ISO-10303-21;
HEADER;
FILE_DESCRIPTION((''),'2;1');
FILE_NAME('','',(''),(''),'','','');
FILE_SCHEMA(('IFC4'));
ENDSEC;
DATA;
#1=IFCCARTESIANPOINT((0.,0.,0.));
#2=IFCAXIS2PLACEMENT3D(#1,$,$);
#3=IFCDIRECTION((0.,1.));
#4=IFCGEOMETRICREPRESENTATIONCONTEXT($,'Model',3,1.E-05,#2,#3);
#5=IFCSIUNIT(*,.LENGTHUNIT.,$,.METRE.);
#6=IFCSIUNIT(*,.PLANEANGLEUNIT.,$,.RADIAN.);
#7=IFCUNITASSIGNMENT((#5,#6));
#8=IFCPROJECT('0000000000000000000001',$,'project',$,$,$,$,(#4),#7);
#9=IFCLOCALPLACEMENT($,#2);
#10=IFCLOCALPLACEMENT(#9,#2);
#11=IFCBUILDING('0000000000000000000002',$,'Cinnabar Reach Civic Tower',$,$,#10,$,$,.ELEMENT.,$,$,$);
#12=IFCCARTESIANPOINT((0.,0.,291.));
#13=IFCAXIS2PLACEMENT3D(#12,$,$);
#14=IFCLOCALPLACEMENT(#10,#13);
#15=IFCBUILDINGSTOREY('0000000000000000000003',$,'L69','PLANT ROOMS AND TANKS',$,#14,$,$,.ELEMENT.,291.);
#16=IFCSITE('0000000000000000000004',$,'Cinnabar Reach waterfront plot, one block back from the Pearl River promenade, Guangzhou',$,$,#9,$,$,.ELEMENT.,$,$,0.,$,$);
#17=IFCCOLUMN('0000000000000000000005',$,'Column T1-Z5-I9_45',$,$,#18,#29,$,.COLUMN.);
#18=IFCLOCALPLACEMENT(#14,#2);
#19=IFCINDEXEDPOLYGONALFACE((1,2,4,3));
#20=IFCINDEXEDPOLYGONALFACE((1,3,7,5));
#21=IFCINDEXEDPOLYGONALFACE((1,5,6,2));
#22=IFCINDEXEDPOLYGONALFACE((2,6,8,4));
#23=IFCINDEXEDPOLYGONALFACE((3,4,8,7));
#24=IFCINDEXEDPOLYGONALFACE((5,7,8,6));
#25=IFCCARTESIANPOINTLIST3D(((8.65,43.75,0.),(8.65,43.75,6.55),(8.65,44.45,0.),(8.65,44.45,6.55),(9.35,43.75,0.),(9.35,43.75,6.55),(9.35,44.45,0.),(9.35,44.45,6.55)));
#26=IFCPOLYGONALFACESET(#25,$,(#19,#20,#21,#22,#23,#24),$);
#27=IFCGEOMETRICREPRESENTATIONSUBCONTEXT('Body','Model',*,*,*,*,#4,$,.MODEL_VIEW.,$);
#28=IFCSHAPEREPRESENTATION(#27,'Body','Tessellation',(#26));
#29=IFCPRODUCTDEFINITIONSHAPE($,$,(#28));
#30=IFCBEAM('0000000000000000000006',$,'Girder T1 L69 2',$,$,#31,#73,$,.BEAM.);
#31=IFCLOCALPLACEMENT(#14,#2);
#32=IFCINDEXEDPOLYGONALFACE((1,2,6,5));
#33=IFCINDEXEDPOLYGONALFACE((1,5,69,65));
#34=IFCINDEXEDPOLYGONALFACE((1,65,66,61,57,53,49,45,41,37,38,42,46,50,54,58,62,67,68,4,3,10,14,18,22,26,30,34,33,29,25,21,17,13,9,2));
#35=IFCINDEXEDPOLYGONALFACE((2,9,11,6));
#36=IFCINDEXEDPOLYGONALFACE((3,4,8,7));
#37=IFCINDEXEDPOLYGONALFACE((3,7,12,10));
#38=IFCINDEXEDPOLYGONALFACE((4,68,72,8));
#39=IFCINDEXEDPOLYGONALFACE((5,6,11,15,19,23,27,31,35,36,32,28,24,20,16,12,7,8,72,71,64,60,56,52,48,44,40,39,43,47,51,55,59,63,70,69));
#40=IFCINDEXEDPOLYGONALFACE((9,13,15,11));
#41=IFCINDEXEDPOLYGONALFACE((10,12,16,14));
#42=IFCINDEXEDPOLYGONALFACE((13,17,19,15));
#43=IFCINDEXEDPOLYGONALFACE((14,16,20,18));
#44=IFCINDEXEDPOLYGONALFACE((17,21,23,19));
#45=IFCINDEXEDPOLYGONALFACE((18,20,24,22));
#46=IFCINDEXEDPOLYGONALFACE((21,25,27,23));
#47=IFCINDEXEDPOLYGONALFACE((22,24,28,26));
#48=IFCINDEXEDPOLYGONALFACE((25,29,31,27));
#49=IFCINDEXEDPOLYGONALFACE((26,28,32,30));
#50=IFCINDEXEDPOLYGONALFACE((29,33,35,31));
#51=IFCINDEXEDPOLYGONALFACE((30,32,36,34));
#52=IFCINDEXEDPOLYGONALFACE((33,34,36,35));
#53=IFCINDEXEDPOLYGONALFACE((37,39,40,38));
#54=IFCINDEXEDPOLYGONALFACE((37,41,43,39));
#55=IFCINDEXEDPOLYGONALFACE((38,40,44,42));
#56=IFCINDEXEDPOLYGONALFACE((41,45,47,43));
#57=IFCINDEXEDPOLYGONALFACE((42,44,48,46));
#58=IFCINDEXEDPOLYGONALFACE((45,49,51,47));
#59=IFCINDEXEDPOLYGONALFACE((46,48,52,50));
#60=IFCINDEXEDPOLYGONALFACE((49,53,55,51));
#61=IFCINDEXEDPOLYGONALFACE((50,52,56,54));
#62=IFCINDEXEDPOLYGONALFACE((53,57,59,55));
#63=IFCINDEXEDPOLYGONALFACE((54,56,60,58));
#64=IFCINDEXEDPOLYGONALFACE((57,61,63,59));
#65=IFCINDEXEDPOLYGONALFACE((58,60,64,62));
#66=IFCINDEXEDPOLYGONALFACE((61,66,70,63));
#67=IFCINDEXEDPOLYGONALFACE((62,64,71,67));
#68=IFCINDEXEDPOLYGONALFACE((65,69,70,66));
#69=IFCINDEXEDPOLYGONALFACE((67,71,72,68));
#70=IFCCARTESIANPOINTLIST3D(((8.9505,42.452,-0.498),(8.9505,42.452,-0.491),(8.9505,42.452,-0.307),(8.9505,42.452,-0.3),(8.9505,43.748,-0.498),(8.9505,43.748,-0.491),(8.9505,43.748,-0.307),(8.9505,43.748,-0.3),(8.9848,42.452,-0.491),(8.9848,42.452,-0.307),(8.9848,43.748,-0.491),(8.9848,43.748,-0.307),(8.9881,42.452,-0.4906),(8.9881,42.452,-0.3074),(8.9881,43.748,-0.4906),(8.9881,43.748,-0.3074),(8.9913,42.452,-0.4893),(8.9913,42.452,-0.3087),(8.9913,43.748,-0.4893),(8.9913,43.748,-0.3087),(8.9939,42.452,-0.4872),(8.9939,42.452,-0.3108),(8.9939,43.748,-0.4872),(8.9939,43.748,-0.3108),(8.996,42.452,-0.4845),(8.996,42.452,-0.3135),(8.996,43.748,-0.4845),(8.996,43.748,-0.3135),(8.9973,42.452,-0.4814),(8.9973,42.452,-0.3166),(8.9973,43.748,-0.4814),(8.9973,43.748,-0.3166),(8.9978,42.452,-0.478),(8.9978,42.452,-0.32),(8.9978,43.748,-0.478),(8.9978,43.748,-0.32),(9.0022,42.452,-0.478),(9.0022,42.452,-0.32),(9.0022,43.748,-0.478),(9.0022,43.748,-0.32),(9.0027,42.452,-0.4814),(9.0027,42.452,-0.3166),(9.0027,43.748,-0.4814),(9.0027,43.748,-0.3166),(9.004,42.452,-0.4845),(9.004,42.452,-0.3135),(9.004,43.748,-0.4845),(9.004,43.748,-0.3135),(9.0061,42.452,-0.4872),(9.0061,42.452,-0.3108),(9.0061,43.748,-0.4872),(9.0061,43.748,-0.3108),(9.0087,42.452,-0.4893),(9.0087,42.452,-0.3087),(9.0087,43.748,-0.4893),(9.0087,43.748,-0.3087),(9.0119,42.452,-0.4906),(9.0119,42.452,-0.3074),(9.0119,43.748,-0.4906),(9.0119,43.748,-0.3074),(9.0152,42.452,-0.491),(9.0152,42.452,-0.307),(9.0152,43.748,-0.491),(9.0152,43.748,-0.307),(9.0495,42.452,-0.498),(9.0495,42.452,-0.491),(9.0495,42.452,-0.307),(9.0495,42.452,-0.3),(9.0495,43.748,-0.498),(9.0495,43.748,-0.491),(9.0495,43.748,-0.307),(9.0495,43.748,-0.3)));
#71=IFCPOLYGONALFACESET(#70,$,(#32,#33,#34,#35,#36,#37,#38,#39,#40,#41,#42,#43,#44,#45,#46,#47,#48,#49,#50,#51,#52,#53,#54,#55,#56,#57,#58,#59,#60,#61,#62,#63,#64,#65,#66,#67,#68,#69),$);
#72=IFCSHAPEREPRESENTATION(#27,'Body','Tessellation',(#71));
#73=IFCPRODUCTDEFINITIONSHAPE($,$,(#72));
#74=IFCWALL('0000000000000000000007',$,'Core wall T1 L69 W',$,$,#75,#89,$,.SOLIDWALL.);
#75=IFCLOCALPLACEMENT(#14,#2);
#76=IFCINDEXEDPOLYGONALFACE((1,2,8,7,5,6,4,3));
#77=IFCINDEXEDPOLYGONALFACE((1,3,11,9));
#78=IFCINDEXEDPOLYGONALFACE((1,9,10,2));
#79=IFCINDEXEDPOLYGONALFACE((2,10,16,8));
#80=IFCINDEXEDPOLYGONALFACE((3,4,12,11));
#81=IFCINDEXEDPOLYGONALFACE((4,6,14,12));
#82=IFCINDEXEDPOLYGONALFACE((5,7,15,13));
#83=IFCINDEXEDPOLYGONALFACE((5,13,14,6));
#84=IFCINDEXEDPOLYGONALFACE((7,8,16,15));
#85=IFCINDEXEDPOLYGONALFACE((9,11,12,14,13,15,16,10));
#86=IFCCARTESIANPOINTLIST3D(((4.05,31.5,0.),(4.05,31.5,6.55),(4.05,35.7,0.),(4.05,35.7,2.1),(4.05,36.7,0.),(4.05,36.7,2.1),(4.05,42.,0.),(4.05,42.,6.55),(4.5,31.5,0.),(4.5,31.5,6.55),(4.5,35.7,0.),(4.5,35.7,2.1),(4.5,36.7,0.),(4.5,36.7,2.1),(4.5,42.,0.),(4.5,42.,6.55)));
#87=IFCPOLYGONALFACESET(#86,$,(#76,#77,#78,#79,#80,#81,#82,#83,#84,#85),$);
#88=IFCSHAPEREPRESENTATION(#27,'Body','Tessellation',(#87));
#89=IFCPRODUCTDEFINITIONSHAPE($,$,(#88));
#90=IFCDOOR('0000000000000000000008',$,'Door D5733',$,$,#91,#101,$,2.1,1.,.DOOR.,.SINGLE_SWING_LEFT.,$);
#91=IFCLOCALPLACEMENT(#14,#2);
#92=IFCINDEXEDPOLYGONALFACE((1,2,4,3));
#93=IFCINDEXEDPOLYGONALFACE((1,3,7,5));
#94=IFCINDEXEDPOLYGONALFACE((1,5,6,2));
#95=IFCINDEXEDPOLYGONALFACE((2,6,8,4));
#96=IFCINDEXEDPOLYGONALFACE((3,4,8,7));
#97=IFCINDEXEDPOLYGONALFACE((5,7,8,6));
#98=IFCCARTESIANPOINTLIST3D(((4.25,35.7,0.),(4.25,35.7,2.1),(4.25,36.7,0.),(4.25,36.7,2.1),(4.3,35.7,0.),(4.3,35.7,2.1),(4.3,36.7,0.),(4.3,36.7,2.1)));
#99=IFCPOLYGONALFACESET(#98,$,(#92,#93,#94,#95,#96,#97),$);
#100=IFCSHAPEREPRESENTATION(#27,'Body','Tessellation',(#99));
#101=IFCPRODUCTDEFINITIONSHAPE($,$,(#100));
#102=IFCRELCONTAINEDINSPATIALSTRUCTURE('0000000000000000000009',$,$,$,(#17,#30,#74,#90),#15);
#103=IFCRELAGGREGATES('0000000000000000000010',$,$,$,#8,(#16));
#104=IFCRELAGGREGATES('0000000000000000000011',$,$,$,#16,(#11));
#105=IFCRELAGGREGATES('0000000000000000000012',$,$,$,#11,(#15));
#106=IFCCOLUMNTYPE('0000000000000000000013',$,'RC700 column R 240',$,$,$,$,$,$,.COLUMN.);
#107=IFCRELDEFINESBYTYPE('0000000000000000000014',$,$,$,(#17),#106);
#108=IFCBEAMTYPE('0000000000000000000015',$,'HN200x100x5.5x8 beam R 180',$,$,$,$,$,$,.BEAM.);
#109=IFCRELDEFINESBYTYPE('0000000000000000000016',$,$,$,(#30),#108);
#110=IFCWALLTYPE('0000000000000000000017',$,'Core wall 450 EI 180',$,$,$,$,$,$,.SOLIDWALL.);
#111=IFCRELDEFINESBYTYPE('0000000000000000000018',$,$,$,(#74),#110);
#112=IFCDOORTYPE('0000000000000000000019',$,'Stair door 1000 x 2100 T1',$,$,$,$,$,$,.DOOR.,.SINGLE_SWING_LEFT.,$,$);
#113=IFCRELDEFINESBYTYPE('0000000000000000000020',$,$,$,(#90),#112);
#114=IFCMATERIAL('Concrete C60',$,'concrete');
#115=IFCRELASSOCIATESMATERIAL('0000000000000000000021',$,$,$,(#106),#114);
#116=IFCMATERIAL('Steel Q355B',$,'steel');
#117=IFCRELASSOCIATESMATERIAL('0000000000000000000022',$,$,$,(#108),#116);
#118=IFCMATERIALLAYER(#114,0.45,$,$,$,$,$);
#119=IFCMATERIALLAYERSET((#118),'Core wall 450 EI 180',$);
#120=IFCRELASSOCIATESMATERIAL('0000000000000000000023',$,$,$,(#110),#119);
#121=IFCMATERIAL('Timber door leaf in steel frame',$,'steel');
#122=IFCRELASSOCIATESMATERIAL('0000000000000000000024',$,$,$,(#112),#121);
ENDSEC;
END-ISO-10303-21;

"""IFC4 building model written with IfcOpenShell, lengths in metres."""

from ifc_helpers import new_model, si_unit, direction, frame, frame_2d, origin, origin_2d, place, context, subcontext, project, spatial, rectangle, i_section, extrude, material, layer, layer_set, material_profile, profile_set, type_object, element, fill, save


model = new_model("IFC4")

# Units and contexts
model_context = context("Model", 3, precision=1e-05, world=origin(), true_north=direction((0.0, 1.0)))
body_context = subcontext(model_context, "Body", "Model", "MODEL_VIEW")
ifc_project = project(units=[si_unit("LENGTHUNIT", "METRE"), si_unit("PLANEANGLEUNIT", "RADIAN")], contexts=[model_context])

# Site, building, storey
site_placement = place(None, origin())
site = spatial("IfcSite", under=ifc_project, at=site_placement, Name="Cinnabar Reach waterfront plot, one block back from the Pearl River promenade, Guangzhou", CompositionType="ELEMENT", RefElevation=0.0)
building_placement = place(site_placement, origin())
building = spatial("IfcBuilding", under=site, at=building_placement, Name="Cinnabar Reach Civic Tower", CompositionType="ELEMENT")
storey_placement = place(building_placement, frame((0.0, 0.0, 291.0)))
storey = spatial("IfcBuildingStorey", under=building, at=storey_placement, Name="L69", Description="PLANT ROOMS AND TANKS", CompositionType="ELEMENT", Elevation=291.0)

# Column
ifc_material_1 = material(Name="Concrete C60", Category="concrete")
ifc_material_profile_1 = material_profile(ifc_material_1, rectangle(XDim=0.7, YDim=0.7, at=origin_2d()), Name="RC700")
ifc_profile_set_1 = profile_set([ifc_material_profile_1], Name="Concrete C60")
column_type = type_object("IfcColumnType", Name="RC700 column R 240", PredefinedType="COLUMN", material=ifc_profile_set_1)
column_placement = place(storey_placement, frame((9.0, 44.1, 0.0), z_axis=(0.0, 0.0, 1.0), x_axis=(1.0, 0.0, 0.0)))
element("IfcColumn", 1, at=column_placement, inside=storey, type_object=column_type, Name="Column T1-Z5-I9_45", PredefinedType="COLUMN", context=body_context, shape_type="SweptSolid", body=[
    extrude(rectangle(XDim=0.7, YDim=0.7, at=origin_2d()), origin(), (0.0, 0.0, 1.0), 6.55),
])

# Beam
ifc_material_2 = material(Name="Steel Q355B", Category="steel")
ifc_material_profile_2 = material_profile(ifc_material_2, i_section(OverallWidth=0.099, OverallDepth=0.198, WebThickness=0.0045, FlangeThickness=0.007, FilletRadius=0.013, at=origin_2d()), Name="HN200x100x5.5x8")
ifc_profile_set_2 = profile_set([ifc_material_profile_2], Name="Steel Q355B")
beam_type = type_object("IfcBeamType", Name="HN200x100x5.5x8 beam R 180", PredefinedType="BEAM", material=ifc_profile_set_2)
beam_placement = place(storey_placement, frame((9.0, 42.452, -0.399), z_axis=(0.0, 1.0, 0.0), x_axis=(-1.0, 0.0, 0.0)))
element("IfcBeam", 2, at=beam_placement, inside=storey, type_object=beam_type, Name="Girder T1 L69 2", PredefinedType="BEAM", context=body_context, shape_type="SweptSolid", body=[
    extrude(i_section(OverallWidth=0.099, OverallDepth=0.198, WebThickness=0.0045, FlangeThickness=0.007, FilletRadius=0.013, at=origin_2d()), origin(), (0.0, 0.0, 1.0), 1.296),
])

# Wall, opening, door
ifc_layer_1 = layer(ifc_material_1, 0.45)
ifc_layer_set_1 = layer_set([ifc_layer_1], Name="Core wall 450 EI 180")
wall_type_1 = type_object("IfcWallType", Name="Core wall 450 EI 180", PredefinedType="SOLIDWALL", material=ifc_layer_set_1)
wall_1_placement = place(storey_placement, frame((4.275, 42.0, 0.0), z_axis=(0.0, 0.0, 1.0), x_axis=(0.0, -1.0, 0.0)))
wall_1 = element("IfcWall", 3, at=wall_1_placement, inside=storey, type_object=wall_type_1, Name="Core wall T1 L69 W", PredefinedType="SOLIDWALL", context=body_context, shape_type="SweptSolid", body=[
    extrude(rectangle(XDim=10.5, YDim=0.45, at=frame_2d((5.25, 0.0))), origin(), (0.0, 0.0, 1.0), 6.55),
])
opening_1_placement = place(wall_1_placement, frame((5.3, 0.0, 0.0)))
opening_1 = element("IfcOpeningElement", 4, at=opening_1_placement, cuts=wall_1, PredefinedType="OPENING", context=body_context, shape_type="SweptSolid", body=[
    extrude(rectangle(XDim=1.0, YDim=2.1, at=frame_2d((0.5, 1.05))), frame((0.0, 0.235, 0.0), z_axis=(0.0, -1.0, 0.0), x_axis=(1.0, 0.0, 0.0)), (0.0, 0.0, 1.0), 0.47),
])
ifc_material_3 = material(Name="Timber door leaf in steel frame", Category="steel")
door_type_1 = type_object("IfcDoorType", Name="Stair door 1000 x 2100 T1", OperationType="SINGLE_SWING_LEFT", PredefinedType="DOOR", material=ifc_material_3)
door_1_placement = place(opening_1_placement, frame((1.0, 0.0, 0.0), z_axis=(0.0, 0.0, 1.0), x_axis=(-1.0, 0.0, 0.0)))
door_1 = element("IfcDoor", 5, at=door_1_placement, inside=storey, type_object=door_type_1, Name="Door D5733", OperationType="SINGLE_SWING_LEFT", OverallHeight=2.1, OverallWidth=1.0, PredefinedType="DOOR", context=body_context, shape_type="SweptSolid", body=[
    extrude(rectangle(XDim=1.0, YDim=2.1, at=frame_2d((0.5, 1.05))), frame((0.0, 0.025, 0.0), z_axis=(0.0, -1.0, 0.0), x_axis=(1.0, 0.0, 0.0)), (0.0, 0.0, 1.0), 0.05),
])
fill(opening_1, door_1)

save(model, "model.ifc")
